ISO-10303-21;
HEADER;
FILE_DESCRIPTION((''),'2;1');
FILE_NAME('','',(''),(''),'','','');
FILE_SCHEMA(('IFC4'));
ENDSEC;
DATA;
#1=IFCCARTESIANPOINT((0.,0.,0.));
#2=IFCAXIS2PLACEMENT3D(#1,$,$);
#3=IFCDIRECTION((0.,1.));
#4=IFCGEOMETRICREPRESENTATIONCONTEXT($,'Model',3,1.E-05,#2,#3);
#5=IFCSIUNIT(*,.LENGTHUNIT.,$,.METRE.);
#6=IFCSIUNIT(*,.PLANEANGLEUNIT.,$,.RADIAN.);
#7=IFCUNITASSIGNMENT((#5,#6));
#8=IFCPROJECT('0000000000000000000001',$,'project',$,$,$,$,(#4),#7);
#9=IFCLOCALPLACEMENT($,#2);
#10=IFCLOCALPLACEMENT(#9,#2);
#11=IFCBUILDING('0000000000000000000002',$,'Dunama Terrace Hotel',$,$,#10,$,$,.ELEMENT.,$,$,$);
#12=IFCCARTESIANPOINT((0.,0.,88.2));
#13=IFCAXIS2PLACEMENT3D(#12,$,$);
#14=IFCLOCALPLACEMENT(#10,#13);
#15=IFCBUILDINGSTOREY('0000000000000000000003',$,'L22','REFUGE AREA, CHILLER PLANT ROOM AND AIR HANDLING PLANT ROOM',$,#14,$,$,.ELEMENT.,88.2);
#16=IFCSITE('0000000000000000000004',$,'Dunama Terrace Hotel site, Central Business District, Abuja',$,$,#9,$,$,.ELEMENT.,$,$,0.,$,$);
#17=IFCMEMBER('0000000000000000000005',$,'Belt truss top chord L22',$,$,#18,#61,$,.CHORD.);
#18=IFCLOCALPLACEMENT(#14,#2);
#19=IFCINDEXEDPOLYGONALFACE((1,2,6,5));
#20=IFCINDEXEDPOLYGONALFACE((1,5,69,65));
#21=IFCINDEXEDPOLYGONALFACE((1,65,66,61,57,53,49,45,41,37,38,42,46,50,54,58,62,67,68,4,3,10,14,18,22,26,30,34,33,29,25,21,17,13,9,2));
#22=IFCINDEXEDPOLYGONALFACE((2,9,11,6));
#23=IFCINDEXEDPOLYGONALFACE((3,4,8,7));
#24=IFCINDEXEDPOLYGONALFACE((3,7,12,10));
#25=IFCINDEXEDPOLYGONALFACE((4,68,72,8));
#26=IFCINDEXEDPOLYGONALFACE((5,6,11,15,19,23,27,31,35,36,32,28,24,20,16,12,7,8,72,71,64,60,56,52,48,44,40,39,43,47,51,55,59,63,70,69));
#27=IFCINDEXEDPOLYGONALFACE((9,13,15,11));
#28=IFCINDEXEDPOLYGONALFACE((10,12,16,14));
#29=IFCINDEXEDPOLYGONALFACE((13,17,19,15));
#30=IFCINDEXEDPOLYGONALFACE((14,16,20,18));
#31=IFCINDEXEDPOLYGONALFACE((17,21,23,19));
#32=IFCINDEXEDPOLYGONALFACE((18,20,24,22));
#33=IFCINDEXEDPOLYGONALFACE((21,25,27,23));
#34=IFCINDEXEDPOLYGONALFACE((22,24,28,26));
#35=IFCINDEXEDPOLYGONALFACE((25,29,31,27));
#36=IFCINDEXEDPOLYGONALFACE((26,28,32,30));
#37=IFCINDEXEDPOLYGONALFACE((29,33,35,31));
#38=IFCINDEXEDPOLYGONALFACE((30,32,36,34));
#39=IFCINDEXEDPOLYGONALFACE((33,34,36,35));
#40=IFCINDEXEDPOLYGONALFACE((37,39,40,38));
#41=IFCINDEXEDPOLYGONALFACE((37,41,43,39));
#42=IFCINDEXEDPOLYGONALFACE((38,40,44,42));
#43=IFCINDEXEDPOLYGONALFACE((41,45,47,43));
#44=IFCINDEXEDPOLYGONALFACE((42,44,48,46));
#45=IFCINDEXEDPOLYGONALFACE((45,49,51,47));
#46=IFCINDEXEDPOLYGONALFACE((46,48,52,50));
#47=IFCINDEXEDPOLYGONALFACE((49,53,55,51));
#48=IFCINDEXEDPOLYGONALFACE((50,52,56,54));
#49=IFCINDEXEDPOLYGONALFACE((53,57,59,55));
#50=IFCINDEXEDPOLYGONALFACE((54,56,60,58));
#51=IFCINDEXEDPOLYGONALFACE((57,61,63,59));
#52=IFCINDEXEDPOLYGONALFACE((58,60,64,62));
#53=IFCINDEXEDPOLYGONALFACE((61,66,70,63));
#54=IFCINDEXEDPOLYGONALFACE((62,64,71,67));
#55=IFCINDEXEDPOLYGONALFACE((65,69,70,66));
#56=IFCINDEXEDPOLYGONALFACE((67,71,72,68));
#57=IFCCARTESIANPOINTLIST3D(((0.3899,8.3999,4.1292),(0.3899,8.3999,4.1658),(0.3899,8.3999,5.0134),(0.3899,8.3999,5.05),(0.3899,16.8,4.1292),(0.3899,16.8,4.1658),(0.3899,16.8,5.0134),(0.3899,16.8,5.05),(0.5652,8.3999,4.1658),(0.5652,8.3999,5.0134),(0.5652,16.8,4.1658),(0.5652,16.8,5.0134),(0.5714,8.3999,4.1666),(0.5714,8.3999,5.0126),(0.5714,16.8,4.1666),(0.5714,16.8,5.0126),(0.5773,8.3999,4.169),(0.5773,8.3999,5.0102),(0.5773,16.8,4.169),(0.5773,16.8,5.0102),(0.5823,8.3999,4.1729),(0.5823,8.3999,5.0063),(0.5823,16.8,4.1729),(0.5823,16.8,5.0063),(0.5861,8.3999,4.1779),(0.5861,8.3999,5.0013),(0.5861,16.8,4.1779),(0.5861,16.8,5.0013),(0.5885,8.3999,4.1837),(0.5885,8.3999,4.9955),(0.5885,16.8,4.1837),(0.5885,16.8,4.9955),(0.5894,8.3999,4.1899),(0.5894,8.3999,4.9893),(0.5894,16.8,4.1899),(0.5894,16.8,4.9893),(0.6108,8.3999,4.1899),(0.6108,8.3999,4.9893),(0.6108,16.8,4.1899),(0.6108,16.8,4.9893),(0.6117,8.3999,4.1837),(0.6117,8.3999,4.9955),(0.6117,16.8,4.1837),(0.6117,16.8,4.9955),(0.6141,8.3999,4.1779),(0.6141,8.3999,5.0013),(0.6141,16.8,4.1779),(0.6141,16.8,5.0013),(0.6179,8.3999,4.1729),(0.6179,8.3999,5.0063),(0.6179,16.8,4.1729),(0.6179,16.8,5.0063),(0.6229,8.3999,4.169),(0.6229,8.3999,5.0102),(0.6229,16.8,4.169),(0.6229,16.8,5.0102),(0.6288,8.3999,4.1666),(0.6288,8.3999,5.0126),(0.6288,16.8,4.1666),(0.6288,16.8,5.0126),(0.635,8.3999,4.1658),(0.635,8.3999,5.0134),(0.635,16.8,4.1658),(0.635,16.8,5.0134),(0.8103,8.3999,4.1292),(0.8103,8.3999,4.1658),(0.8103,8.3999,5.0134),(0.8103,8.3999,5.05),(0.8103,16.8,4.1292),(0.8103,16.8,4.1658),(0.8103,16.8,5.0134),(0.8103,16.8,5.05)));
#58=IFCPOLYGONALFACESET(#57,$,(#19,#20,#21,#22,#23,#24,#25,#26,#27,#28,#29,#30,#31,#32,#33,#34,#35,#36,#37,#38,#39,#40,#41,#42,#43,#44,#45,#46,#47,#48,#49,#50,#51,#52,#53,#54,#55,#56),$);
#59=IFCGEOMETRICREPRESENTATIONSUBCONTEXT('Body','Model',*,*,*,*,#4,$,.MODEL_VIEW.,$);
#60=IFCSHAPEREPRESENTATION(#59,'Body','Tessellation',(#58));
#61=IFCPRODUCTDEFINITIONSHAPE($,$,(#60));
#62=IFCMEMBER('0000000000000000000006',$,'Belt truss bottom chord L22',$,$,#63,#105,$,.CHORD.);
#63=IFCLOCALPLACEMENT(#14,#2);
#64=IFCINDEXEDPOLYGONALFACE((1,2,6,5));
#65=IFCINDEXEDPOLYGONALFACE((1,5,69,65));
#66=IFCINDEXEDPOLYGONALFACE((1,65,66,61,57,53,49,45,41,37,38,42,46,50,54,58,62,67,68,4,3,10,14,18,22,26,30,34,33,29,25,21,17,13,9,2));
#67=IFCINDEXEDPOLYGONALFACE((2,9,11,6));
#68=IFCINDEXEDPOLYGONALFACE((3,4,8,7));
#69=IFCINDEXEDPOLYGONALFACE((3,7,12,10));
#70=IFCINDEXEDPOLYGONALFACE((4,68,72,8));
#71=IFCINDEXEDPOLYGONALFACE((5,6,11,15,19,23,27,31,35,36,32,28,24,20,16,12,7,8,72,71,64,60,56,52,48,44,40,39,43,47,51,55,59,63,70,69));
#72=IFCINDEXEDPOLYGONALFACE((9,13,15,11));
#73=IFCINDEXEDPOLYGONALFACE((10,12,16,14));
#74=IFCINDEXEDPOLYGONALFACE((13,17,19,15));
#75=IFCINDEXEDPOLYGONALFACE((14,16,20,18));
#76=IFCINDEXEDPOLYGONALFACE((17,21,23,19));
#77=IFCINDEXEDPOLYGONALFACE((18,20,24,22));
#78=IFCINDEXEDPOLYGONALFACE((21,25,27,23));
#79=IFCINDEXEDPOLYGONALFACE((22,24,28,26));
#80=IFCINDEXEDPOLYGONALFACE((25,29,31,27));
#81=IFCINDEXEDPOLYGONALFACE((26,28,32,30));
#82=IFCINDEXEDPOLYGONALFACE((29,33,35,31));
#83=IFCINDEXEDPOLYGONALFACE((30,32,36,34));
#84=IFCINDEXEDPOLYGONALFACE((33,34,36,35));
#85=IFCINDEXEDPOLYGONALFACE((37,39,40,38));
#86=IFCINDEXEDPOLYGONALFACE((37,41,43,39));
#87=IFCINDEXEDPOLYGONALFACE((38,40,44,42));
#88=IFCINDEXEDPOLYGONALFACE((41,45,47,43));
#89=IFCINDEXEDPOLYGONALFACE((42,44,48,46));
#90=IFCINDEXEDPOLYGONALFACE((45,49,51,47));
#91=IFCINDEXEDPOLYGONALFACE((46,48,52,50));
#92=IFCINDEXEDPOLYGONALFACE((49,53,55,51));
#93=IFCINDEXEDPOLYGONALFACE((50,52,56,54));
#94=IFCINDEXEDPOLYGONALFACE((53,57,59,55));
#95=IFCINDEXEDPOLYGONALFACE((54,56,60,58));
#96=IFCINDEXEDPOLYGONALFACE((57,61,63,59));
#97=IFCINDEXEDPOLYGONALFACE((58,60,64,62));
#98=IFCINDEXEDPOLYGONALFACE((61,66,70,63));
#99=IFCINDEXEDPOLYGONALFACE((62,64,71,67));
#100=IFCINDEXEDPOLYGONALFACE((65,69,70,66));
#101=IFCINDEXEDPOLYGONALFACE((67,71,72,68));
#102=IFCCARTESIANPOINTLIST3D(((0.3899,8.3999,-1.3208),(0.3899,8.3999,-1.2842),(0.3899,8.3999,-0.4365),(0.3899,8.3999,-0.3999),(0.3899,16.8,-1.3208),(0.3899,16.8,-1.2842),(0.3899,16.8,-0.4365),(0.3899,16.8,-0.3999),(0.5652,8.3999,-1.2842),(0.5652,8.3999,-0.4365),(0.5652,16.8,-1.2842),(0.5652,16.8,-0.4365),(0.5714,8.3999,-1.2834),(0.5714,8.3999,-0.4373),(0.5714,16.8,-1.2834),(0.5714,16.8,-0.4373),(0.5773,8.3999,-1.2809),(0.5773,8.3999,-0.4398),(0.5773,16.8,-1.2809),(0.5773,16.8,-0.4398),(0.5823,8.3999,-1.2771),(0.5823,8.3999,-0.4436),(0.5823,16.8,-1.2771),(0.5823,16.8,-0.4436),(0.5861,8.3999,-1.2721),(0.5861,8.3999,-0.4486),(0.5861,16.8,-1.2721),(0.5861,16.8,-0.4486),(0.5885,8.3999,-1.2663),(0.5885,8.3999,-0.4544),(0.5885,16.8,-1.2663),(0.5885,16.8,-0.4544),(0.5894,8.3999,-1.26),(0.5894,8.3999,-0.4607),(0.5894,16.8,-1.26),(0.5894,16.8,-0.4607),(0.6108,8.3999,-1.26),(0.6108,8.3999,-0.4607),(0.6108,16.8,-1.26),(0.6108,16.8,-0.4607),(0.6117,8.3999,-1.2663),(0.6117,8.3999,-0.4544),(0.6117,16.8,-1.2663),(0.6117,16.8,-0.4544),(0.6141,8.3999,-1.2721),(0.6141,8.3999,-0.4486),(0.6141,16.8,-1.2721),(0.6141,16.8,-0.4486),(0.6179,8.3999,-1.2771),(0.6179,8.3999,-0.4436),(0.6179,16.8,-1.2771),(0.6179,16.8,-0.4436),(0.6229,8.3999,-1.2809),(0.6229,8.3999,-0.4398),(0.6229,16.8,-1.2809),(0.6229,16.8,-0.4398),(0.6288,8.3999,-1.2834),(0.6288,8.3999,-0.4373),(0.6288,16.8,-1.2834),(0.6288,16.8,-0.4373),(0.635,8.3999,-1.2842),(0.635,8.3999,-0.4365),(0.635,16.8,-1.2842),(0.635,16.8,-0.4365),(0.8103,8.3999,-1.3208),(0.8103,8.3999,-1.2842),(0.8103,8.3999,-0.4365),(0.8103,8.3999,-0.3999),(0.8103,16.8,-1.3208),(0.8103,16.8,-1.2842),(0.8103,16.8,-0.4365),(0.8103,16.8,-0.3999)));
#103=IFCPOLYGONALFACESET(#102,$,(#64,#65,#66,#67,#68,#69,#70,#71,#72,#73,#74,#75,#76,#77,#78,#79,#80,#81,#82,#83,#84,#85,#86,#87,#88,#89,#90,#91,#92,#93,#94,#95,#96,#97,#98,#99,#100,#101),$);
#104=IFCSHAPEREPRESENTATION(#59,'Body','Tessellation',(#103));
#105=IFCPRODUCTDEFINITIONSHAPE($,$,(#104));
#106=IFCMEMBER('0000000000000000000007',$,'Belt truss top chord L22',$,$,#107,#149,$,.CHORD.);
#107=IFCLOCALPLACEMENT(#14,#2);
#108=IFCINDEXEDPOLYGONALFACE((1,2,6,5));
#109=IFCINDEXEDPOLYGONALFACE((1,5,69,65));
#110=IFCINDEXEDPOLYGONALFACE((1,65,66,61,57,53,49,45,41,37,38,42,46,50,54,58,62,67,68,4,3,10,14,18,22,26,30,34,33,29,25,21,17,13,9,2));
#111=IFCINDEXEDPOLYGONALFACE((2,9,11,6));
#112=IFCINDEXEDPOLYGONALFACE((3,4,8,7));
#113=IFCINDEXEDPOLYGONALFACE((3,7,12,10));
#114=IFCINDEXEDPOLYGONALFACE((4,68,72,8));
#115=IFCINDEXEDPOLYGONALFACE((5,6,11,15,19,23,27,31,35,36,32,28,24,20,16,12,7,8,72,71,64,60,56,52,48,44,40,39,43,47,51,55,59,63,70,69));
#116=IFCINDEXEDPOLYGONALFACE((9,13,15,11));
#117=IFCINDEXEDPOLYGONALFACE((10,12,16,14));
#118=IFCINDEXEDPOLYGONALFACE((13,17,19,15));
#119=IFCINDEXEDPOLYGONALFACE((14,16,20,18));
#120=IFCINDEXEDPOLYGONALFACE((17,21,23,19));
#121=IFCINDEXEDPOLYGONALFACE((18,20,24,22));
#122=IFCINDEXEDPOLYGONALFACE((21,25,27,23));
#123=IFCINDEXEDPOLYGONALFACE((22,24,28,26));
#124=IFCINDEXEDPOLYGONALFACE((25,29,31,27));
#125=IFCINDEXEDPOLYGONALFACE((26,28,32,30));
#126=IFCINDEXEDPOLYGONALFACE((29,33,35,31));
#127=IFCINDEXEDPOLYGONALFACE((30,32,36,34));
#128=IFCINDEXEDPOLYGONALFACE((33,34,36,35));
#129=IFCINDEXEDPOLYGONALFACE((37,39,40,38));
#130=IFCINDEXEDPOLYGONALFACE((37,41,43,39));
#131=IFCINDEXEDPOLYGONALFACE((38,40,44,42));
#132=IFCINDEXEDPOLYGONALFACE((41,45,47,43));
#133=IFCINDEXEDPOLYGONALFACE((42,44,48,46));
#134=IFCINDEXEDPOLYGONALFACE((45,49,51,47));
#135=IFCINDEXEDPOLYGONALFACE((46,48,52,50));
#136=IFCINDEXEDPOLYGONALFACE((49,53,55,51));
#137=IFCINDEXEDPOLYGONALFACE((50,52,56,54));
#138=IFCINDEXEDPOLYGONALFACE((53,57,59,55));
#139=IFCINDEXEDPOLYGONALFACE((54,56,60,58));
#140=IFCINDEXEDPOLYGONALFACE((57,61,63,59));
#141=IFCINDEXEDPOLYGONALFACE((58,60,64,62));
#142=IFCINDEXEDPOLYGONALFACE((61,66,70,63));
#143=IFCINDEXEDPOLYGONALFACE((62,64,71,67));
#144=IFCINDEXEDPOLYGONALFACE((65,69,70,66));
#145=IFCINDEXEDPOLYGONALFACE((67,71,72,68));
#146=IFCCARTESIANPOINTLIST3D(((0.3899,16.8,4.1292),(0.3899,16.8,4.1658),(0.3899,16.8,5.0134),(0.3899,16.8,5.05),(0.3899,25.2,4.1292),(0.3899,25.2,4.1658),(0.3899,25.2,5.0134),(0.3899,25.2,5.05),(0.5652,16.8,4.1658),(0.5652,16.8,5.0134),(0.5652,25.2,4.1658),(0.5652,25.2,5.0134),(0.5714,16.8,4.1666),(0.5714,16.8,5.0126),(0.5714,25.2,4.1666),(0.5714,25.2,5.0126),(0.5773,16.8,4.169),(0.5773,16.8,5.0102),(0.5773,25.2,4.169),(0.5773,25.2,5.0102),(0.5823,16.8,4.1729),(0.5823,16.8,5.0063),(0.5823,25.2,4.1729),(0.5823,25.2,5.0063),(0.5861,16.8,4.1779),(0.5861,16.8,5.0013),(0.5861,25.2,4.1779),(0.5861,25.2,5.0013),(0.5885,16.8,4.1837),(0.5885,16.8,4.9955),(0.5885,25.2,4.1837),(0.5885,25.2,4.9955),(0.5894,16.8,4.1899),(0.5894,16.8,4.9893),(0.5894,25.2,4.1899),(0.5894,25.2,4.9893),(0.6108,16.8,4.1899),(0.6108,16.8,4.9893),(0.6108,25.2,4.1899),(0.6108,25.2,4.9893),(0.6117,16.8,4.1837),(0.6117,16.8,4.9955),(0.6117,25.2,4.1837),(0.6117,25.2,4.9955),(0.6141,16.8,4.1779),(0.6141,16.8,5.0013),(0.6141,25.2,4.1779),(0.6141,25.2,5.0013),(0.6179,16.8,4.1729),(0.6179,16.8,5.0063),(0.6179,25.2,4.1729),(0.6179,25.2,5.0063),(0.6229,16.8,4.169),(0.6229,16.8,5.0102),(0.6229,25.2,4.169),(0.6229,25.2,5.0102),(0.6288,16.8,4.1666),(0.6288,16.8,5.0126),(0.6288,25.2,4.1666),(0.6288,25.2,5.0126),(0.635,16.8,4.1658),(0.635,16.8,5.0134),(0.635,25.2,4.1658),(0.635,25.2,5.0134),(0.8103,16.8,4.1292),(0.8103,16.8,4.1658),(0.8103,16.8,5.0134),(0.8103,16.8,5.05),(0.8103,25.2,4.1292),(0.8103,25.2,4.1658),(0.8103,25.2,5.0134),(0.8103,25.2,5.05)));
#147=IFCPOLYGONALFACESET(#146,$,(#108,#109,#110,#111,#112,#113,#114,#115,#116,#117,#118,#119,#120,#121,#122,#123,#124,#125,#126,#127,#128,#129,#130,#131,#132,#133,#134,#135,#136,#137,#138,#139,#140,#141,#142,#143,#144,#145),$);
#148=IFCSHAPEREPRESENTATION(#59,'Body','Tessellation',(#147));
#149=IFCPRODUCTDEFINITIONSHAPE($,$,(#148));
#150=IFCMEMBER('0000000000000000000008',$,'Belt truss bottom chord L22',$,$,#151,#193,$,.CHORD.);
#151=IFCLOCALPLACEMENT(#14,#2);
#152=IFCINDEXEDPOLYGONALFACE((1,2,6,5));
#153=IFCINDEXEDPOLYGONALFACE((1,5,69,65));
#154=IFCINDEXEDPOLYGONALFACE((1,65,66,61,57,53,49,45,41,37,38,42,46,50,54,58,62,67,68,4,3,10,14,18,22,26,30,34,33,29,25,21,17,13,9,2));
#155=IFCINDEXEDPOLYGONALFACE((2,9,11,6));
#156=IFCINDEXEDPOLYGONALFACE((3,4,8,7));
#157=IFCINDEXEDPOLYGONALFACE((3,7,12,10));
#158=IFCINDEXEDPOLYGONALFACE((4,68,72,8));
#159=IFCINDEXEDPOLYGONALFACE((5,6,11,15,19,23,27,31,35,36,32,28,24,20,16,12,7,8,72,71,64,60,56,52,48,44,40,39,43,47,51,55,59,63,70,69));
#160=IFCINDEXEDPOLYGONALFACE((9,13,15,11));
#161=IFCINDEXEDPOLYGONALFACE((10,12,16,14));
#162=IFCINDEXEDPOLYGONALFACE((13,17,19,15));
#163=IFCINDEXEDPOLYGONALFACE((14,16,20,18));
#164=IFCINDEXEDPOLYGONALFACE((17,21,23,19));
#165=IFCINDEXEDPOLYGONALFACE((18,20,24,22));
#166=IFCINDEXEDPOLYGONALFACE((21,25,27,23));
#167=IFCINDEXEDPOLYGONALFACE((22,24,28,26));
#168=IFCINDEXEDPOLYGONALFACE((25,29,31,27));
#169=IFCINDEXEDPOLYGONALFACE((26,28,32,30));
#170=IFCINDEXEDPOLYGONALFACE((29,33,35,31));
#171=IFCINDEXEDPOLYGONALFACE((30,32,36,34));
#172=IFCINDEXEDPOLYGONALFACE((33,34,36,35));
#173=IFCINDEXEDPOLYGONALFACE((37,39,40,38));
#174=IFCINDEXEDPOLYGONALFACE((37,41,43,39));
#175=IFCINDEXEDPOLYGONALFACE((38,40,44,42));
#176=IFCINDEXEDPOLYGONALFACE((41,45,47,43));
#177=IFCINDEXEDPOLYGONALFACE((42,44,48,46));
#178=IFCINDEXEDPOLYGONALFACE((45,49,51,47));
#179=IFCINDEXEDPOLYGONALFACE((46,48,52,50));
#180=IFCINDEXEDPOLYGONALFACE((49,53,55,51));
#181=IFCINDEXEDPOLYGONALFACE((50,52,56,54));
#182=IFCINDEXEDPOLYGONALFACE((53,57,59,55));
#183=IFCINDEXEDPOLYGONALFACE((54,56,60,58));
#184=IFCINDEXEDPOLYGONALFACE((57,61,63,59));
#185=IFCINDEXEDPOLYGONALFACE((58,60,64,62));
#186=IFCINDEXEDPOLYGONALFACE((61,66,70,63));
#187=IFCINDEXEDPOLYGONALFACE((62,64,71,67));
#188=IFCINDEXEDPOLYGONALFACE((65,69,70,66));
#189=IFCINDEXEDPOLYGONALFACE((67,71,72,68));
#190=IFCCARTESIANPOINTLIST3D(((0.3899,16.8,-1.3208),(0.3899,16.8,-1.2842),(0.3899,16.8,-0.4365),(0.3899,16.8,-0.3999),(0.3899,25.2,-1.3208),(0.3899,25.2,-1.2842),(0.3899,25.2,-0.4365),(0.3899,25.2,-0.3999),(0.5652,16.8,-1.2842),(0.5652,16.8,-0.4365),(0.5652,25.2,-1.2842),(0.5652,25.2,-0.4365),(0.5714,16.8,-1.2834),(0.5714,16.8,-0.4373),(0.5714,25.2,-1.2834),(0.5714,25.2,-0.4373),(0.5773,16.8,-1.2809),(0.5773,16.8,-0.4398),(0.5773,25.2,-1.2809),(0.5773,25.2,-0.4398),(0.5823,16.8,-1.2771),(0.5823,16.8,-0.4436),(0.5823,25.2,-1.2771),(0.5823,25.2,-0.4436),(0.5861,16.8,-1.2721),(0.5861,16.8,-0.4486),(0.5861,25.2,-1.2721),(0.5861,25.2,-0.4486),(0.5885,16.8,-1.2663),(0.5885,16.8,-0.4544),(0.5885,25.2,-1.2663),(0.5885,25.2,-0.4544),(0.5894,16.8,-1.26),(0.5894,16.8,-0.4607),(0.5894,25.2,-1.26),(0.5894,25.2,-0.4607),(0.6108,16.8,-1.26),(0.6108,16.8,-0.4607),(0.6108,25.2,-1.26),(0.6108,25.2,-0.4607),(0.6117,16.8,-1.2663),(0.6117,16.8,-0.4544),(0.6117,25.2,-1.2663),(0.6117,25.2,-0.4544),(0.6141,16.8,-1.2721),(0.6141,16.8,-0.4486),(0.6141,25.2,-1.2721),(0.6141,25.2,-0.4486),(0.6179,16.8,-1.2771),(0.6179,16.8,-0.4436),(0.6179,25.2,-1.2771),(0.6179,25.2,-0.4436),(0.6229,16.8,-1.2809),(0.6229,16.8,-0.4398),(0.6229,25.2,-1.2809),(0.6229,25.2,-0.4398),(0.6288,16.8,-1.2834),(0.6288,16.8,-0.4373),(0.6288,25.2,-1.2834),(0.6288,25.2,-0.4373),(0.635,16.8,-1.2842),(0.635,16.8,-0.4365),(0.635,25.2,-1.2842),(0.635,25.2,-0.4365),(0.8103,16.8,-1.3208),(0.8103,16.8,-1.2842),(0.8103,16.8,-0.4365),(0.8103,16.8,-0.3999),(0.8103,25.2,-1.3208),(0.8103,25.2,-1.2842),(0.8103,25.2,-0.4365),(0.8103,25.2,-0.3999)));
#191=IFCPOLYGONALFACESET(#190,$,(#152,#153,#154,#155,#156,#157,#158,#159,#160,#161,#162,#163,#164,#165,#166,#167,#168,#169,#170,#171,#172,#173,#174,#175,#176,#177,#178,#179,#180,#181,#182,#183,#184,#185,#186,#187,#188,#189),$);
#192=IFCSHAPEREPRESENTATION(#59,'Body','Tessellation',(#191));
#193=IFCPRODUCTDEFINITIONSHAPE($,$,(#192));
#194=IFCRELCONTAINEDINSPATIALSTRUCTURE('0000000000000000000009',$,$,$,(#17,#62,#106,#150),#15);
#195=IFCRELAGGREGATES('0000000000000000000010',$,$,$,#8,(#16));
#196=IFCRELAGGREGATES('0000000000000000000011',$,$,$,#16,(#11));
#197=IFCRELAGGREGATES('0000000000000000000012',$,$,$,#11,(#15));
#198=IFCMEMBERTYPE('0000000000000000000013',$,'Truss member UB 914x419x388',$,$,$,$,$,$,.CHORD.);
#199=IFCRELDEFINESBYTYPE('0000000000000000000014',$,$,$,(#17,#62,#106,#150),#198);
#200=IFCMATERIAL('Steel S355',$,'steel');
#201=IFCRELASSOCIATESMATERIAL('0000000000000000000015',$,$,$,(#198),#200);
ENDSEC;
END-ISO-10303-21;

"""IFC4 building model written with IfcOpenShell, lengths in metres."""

from ifc_helpers import new_model, si_unit, direction, frame, origin, origin_2d, place, context, subcontext, project, spatial, i_section, extrude, material, material_profile, profile_set, type_object, element, save


model = new_model("IFC4")

# Units and contexts
model_context = context("Model", 3, precision=1e-05, world=origin(), true_north=direction((0.0, 1.0)))
body_context = subcontext(model_context, "Body", "Model", "MODEL_VIEW")
ifc_project = project(units=[si_unit("LENGTHUNIT", "METRE"), si_unit("PLANEANGLEUNIT", "RADIAN")], contexts=[model_context])

# Site, building, storey
site_placement = place(None, origin())
site = spatial("IfcSite", under=ifc_project, at=site_placement, Name="Dunama Terrace Hotel site, Central Business District, Abuja", CompositionType="ELEMENT", RefElevation=0.0)
building_placement = place(site_placement, origin())
building = spatial("IfcBuilding", under=site, at=building_placement, Name="Dunama Terrace Hotel", CompositionType="ELEMENT")
storey_placement = place(building_placement, frame((0.0, 0.0, 88.2)))
storey = spatial("IfcBuildingStorey", under=building, at=storey_placement, Name="L22", Description="REFUGE AREA, CHILLER PLANT ROOM AND AIR HANDLING PLANT ROOM", CompositionType="ELEMENT", Elevation=88.2)

# Members
ifc_material_1 = material(Name="Steel S355", Category="steel")
ifc_material_profile_1 = material_profile(ifc_material_1, i_section(OverallWidth=0.4204, OverallDepth=0.9209, WebThickness=0.0215, FlangeThickness=0.0366, FilletRadius=0.0242, at=origin_2d()), Name="UB 914x419x388")
ifc_profile_set_1 = profile_set([ifc_material_profile_1], Name="Steel S355")
member_type_1 = type_object("IfcMemberType", Name="Truss member UB 914x419x388", PredefinedType="CHORD", material=ifc_profile_set_1)
for number, where, z_axis, x_axis, name in (
    (1, (0.6001, 8.3999, 4.5896), (0.0, 1.0, 0.0), (-1.0, 0.0, 0.0), "Belt truss top chord L22"),
    (2, (0.6001, 8.3999, -0.8604), (0.0, 1.0, 0.0), (-1.0, 0.0, 0.0), "Belt truss bottom chord L22"),
):
    element("IfcMember", number, at=place(storey_placement, frame(where, z_axis=z_axis, x_axis=x_axis)), inside=storey, type_object=member_type_1, Name=name, PredefinedType="CHORD", context=body_context, shape_type="SweptSolid", body=[
        extrude(i_section(OverallWidth=0.4204, OverallDepth=0.9209, WebThickness=0.0215, FlangeThickness=0.0366, FilletRadius=0.0242, at=origin_2d()), origin(), (0.0, 0.0, 1.0), 8.4001),
    ])
for number, where, z_axis, x_axis, name in (
    (3, (0.6001, 16.8, 4.5896), (0.0, 1.0, 0.0), (-1.0, 0.0, 0.0), "Belt truss top chord L22"),
    (4, (0.6001, 16.8, -0.8604), (0.0, 1.0, 0.0), (-1.0, 0.0, 0.0), "Belt truss bottom chord L22"),
):
    element("IfcMember", number, at=place(storey_placement, frame(where, z_axis=z_axis, x_axis=x_axis)), inside=storey, type_object=member_type_1, Name=name, PredefinedType="CHORD", context=body_context, shape_type="SweptSolid", body=[
        extrude(i_section(OverallWidth=0.4204, OverallDepth=0.9209, WebThickness=0.0215, FlangeThickness=0.0366, FilletRadius=0.0242, at=origin_2d()), origin(), (0.0, 0.0, 1.0), 8.3999),
    ])

save(model, "model.ifc")
